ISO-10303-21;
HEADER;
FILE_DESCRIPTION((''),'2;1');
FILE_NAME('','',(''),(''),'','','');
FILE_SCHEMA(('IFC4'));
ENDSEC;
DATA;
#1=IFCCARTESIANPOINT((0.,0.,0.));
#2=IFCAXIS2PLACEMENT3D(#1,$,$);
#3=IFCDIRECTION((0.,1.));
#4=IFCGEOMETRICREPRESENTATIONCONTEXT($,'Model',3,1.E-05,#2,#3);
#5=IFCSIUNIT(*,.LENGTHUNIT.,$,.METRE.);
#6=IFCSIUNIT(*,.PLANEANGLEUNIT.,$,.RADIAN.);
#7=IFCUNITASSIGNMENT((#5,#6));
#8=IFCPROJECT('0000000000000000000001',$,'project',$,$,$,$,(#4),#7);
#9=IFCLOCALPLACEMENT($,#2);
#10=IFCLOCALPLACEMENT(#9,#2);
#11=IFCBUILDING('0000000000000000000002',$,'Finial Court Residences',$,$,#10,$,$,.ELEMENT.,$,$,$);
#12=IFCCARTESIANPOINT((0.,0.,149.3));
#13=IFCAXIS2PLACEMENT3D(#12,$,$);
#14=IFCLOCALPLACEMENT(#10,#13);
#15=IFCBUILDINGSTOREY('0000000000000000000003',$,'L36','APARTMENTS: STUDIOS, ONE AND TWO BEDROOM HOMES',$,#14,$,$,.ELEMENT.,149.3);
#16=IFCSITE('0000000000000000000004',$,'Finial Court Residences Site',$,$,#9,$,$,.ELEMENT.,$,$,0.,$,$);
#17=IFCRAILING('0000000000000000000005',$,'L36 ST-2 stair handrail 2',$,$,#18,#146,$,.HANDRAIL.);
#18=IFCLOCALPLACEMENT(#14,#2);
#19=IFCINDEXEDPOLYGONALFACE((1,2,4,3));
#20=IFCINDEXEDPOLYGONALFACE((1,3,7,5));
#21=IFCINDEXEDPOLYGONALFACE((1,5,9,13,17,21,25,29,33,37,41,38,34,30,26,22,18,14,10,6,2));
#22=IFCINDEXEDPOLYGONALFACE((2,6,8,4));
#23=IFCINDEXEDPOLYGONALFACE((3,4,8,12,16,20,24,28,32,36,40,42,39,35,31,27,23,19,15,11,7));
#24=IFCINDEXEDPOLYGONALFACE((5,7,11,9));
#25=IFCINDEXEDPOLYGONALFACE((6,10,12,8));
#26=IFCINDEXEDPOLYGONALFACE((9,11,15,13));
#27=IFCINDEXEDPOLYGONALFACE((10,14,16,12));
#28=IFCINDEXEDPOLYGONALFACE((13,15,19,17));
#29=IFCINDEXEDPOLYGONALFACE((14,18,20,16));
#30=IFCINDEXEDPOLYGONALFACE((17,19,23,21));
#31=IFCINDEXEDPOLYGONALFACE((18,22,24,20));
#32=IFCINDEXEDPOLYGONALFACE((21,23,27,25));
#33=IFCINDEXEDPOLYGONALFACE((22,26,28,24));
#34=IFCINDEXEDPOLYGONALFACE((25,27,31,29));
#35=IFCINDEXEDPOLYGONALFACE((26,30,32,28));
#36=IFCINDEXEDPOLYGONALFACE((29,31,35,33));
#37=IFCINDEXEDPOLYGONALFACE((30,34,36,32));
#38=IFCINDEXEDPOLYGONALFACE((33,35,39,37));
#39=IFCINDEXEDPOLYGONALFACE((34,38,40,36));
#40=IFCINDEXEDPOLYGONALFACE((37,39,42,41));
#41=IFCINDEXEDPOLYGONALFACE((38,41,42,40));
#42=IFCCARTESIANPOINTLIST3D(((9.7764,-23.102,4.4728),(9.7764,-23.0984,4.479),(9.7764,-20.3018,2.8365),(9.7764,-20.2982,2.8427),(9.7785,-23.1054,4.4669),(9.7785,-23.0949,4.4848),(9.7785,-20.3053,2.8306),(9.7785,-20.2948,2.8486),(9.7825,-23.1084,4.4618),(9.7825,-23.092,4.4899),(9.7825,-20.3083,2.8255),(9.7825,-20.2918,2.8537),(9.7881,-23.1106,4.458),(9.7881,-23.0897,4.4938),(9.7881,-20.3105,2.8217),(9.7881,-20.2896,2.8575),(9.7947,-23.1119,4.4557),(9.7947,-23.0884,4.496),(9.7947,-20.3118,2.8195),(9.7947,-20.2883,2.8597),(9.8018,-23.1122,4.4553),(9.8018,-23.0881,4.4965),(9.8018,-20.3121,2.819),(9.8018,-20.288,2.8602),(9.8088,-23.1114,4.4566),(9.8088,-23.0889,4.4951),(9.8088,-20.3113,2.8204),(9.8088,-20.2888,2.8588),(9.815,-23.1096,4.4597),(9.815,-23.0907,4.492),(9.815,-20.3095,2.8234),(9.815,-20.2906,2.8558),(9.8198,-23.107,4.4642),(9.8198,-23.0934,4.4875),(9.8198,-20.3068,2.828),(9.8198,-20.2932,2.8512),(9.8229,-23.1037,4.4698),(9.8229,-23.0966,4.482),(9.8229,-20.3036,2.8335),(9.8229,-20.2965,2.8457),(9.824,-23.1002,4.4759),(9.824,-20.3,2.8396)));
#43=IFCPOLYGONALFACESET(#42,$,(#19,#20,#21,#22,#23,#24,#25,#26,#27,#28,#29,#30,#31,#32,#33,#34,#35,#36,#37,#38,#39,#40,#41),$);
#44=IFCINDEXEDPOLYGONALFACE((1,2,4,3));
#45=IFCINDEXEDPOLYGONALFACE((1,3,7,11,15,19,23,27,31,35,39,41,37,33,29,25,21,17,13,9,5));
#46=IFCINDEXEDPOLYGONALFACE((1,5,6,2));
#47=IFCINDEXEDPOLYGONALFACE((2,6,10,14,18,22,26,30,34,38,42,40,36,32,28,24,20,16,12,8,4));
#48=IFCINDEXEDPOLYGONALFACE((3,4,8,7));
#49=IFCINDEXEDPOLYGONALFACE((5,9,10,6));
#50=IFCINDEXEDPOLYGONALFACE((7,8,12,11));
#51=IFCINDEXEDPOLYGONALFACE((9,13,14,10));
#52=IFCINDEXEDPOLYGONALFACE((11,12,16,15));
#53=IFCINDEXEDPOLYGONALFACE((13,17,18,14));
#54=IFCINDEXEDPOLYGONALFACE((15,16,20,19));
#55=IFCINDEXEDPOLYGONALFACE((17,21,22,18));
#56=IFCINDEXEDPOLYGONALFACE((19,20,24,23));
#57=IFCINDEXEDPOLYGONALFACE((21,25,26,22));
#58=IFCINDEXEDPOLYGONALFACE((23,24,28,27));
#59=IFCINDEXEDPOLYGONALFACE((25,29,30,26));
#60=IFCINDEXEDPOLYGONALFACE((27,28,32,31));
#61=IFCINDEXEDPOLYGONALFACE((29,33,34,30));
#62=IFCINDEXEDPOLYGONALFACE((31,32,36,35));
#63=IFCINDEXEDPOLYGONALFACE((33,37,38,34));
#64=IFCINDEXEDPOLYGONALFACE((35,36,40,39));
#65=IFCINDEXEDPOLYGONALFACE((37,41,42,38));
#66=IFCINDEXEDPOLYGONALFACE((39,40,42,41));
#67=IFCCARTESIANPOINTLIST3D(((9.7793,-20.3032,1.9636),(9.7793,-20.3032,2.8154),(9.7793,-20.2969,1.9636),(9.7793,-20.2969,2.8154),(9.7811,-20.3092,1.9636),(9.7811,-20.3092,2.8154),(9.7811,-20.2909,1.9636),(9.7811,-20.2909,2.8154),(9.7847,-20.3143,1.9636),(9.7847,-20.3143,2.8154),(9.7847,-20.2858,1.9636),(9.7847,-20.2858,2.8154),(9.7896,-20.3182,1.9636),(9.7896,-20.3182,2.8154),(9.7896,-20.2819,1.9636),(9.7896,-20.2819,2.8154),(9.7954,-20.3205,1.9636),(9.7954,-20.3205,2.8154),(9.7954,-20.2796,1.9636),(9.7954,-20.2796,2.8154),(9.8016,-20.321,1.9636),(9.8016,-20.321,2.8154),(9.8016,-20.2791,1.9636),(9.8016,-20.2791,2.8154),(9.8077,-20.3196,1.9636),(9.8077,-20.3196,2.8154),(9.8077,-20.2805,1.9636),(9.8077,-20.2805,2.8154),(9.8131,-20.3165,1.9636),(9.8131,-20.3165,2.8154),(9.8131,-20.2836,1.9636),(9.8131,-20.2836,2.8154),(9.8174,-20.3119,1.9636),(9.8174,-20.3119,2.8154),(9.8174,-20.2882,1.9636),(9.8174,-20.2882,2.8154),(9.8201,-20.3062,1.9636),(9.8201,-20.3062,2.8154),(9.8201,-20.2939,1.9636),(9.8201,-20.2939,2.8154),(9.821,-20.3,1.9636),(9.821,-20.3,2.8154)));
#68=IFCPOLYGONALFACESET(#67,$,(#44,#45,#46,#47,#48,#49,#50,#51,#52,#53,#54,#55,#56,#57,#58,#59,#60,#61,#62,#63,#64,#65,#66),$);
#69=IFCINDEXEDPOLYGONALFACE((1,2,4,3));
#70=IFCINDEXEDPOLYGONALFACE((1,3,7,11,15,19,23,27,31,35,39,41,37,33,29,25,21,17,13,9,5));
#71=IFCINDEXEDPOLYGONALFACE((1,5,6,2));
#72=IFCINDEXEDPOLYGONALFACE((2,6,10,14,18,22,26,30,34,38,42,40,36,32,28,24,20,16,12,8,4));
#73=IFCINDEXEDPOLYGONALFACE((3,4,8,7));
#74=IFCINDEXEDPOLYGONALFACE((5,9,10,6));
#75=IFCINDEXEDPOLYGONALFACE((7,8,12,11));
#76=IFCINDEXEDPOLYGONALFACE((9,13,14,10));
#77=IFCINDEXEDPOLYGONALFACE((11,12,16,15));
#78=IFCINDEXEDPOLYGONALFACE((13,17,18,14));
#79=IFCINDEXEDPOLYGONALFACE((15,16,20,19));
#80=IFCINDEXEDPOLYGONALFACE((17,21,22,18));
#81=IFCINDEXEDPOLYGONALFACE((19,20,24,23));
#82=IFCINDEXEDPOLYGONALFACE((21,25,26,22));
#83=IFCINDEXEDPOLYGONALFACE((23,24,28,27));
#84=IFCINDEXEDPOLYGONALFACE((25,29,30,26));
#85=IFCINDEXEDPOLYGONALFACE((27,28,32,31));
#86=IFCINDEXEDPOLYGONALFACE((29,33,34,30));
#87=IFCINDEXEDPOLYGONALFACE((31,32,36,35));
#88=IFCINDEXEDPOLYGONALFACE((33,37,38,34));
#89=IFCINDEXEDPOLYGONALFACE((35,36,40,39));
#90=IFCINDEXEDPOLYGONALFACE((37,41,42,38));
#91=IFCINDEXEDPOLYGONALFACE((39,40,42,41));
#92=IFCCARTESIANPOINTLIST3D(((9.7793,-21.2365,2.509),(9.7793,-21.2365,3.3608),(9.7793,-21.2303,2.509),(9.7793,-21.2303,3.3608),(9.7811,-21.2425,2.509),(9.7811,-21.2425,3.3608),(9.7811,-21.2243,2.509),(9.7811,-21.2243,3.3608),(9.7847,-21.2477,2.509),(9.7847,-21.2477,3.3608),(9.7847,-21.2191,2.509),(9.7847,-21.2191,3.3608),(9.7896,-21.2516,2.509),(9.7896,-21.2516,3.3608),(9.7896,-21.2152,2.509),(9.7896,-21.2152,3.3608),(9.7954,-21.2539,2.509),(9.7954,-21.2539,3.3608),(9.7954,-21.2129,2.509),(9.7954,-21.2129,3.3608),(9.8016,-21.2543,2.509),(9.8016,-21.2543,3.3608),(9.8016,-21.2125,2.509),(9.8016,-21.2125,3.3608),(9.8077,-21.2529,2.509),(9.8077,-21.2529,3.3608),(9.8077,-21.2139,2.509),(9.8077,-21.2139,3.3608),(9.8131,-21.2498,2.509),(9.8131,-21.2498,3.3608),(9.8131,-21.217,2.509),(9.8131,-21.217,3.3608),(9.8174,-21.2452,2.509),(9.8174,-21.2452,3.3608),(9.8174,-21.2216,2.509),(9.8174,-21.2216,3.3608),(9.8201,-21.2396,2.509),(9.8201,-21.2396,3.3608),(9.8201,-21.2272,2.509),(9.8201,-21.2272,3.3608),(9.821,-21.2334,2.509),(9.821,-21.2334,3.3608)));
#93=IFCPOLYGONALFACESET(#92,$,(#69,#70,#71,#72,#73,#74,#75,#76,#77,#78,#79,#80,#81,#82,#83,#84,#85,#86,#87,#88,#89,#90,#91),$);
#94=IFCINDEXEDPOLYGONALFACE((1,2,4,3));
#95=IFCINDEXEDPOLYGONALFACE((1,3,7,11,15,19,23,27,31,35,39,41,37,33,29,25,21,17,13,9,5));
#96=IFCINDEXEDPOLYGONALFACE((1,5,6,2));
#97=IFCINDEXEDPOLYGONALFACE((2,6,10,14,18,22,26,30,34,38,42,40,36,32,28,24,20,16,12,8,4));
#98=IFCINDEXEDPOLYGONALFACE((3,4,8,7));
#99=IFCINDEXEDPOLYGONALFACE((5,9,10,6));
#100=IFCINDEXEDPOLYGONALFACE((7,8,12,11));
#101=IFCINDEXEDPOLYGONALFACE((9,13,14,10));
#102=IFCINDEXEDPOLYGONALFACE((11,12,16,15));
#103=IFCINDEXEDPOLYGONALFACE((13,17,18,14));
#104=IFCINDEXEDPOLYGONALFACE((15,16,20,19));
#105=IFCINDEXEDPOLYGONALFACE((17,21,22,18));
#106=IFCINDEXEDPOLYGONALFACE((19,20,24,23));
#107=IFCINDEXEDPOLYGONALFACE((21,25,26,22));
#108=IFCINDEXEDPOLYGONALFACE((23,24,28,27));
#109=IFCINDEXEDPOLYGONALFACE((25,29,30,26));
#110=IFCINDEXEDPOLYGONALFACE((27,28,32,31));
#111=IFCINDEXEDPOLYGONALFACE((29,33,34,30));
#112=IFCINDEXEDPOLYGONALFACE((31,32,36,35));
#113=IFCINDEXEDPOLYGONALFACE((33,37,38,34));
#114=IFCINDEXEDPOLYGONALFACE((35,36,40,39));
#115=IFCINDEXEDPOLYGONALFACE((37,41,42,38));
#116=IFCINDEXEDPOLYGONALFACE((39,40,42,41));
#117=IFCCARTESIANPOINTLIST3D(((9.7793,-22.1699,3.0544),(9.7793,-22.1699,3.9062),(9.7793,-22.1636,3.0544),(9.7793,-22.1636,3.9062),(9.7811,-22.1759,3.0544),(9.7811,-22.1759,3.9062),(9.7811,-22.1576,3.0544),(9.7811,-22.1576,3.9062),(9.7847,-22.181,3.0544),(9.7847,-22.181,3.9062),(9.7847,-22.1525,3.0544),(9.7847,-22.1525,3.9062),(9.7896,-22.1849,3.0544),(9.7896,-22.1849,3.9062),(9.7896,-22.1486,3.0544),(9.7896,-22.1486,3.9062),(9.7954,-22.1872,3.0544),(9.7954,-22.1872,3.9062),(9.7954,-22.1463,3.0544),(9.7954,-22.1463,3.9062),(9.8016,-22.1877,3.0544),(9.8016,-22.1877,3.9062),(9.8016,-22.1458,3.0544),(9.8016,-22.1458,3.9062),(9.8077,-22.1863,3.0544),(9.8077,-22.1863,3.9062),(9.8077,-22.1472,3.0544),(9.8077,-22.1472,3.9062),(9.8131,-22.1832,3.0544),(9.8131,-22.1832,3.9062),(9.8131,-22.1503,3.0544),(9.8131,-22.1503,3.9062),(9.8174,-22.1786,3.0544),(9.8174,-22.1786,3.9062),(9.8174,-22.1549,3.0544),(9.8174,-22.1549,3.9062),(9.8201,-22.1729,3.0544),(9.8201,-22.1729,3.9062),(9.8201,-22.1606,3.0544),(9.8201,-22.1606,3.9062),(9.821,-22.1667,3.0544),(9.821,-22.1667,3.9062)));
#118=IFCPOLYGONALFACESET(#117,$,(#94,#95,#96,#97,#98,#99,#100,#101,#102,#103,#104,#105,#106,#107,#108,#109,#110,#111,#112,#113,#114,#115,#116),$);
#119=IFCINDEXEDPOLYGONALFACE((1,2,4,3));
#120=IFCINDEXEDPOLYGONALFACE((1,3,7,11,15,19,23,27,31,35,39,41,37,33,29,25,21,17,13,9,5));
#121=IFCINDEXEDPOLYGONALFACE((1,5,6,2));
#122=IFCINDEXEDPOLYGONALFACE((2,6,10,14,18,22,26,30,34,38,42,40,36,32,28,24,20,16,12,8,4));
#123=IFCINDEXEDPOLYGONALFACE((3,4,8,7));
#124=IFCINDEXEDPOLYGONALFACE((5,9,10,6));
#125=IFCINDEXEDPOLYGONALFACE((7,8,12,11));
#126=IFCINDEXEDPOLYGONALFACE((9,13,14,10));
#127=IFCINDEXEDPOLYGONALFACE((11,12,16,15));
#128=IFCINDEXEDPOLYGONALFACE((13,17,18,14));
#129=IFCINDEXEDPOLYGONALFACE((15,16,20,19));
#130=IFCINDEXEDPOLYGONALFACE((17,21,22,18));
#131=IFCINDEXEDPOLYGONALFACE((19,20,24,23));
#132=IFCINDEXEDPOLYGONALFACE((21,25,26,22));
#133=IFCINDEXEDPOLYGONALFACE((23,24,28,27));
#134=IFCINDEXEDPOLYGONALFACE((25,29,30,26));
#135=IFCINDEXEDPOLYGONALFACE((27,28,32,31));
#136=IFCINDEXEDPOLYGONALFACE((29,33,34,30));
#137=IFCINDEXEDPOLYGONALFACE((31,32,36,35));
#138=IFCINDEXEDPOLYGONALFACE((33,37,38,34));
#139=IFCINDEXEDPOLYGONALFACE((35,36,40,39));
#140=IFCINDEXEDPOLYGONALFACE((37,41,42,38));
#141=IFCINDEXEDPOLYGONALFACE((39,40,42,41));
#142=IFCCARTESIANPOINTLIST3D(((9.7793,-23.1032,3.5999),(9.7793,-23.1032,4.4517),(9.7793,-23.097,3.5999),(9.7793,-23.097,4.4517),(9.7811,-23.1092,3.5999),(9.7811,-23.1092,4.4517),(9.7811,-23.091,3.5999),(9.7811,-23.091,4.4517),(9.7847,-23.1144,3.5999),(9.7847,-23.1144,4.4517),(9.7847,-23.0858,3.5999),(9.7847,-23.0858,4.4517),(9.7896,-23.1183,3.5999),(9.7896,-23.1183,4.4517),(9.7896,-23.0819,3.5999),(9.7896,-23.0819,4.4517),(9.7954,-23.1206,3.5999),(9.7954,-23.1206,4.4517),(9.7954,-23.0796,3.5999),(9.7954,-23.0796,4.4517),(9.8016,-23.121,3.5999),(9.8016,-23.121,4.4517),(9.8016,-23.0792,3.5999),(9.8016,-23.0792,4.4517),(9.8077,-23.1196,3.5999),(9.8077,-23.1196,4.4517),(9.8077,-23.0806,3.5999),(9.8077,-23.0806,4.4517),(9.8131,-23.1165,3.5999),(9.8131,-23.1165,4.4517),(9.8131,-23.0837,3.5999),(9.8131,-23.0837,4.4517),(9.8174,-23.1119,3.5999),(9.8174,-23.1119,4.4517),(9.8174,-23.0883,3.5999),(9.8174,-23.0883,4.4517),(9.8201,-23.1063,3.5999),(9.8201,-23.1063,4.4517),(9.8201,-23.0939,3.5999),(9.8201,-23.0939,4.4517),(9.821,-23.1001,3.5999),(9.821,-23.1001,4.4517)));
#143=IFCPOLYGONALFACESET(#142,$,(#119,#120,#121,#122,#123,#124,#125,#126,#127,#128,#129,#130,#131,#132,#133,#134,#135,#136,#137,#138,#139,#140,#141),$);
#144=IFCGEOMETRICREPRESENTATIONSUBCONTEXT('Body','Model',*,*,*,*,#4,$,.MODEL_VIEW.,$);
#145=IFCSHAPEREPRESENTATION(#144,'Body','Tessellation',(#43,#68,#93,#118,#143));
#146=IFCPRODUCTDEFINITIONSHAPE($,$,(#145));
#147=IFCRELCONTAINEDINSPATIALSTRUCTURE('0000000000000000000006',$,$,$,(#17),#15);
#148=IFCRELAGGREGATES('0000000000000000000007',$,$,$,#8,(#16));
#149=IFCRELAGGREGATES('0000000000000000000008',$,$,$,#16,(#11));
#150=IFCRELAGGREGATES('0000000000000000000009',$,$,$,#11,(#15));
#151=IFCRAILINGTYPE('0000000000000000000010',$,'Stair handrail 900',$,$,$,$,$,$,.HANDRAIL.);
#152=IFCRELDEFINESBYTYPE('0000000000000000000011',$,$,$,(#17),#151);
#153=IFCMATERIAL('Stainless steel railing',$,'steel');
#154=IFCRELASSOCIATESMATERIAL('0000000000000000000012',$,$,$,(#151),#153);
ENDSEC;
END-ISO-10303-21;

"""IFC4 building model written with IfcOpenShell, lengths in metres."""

from ifc_helpers import new_model, si_unit, direction, frame, origin, origin_2d, place, context, subcontext, project, spatial, circle, extrude, material, type_object, element, save


model = new_model("IFC4")

# Units and contexts
model_context = context("Model", 3, precision=1e-05, world=origin(), true_north=direction((0.0, 1.0)))
body_context = subcontext(model_context, "Body", "Model", "MODEL_VIEW")
ifc_project = project(units=[si_unit("LENGTHUNIT", "METRE"), si_unit("PLANEANGLEUNIT", "RADIAN")], contexts=[model_context])

# Site, building, storey
site_placement = place(None, origin())
site = spatial("IfcSite", under=ifc_project, at=site_placement, Name="Finial Court Residences Site", CompositionType="ELEMENT", RefElevation=0.0)
building_placement = place(site_placement, origin())
building = spatial("IfcBuilding", under=site, at=building_placement, Name="Finial Court Residences", CompositionType="ELEMENT")
storey_placement = place(building_placement, frame((0.0, 0.0, 149.3)))
storey = spatial("IfcBuildingStorey", under=building, at=storey_placement, Name="L36", Description="APARTMENTS: STUDIOS, ONE AND TWO BEDROOM HOMES", CompositionType="ELEMENT", Elevation=149.3)

# Railing
ifc_material_1 = material(Name="Stainless steel railing", Category="steel")
railing_type_1 = type_object("IfcRailingType", Name="Stair handrail 900", PredefinedType="HANDRAIL", material=ifc_material_1)
railing_1_placement = place(storey_placement, frame((9.8, -20.3, 1.9636)))
element("IfcRailing", 1, at=railing_1_placement, inside=storey, type_object=railing_type_1, Name="L36 ST-2 stair handrail 2", PredefinedType="HANDRAIL", context=body_context, shape_type="SweptSolid", body=[
    extrude(circle(Radius=0.0239, at=origin_2d()), frame((0.0, 0.0, 0.876), z_axis=(0.0, -0.863394, 0.504531), x_axis=(1.0, 0.0, 0.0)), (0.0, 0.0, 1.0), 3.2432),
    extrude(circle(Radius=0.021, at=origin_2d()), origin(), (0.0, 0.0, 1.0), 0.8518),
    extrude(circle(Radius=0.021, at=origin_2d()), frame((0.0, -0.9333, 0.5454)), (0.0, 0.0, 1.0), 0.8518),
    extrude(circle(Radius=0.021, at=origin_2d()), frame((0.0, -1.8667, 1.0908)), (0.0, 0.0, 1.0), 0.8518),
    extrude(circle(Radius=0.021, at=origin_2d()), frame((0.0, -2.8, 1.6362)), (0.0, 0.0, 1.0), 0.8518),
])

save(model, "model.ifc")
